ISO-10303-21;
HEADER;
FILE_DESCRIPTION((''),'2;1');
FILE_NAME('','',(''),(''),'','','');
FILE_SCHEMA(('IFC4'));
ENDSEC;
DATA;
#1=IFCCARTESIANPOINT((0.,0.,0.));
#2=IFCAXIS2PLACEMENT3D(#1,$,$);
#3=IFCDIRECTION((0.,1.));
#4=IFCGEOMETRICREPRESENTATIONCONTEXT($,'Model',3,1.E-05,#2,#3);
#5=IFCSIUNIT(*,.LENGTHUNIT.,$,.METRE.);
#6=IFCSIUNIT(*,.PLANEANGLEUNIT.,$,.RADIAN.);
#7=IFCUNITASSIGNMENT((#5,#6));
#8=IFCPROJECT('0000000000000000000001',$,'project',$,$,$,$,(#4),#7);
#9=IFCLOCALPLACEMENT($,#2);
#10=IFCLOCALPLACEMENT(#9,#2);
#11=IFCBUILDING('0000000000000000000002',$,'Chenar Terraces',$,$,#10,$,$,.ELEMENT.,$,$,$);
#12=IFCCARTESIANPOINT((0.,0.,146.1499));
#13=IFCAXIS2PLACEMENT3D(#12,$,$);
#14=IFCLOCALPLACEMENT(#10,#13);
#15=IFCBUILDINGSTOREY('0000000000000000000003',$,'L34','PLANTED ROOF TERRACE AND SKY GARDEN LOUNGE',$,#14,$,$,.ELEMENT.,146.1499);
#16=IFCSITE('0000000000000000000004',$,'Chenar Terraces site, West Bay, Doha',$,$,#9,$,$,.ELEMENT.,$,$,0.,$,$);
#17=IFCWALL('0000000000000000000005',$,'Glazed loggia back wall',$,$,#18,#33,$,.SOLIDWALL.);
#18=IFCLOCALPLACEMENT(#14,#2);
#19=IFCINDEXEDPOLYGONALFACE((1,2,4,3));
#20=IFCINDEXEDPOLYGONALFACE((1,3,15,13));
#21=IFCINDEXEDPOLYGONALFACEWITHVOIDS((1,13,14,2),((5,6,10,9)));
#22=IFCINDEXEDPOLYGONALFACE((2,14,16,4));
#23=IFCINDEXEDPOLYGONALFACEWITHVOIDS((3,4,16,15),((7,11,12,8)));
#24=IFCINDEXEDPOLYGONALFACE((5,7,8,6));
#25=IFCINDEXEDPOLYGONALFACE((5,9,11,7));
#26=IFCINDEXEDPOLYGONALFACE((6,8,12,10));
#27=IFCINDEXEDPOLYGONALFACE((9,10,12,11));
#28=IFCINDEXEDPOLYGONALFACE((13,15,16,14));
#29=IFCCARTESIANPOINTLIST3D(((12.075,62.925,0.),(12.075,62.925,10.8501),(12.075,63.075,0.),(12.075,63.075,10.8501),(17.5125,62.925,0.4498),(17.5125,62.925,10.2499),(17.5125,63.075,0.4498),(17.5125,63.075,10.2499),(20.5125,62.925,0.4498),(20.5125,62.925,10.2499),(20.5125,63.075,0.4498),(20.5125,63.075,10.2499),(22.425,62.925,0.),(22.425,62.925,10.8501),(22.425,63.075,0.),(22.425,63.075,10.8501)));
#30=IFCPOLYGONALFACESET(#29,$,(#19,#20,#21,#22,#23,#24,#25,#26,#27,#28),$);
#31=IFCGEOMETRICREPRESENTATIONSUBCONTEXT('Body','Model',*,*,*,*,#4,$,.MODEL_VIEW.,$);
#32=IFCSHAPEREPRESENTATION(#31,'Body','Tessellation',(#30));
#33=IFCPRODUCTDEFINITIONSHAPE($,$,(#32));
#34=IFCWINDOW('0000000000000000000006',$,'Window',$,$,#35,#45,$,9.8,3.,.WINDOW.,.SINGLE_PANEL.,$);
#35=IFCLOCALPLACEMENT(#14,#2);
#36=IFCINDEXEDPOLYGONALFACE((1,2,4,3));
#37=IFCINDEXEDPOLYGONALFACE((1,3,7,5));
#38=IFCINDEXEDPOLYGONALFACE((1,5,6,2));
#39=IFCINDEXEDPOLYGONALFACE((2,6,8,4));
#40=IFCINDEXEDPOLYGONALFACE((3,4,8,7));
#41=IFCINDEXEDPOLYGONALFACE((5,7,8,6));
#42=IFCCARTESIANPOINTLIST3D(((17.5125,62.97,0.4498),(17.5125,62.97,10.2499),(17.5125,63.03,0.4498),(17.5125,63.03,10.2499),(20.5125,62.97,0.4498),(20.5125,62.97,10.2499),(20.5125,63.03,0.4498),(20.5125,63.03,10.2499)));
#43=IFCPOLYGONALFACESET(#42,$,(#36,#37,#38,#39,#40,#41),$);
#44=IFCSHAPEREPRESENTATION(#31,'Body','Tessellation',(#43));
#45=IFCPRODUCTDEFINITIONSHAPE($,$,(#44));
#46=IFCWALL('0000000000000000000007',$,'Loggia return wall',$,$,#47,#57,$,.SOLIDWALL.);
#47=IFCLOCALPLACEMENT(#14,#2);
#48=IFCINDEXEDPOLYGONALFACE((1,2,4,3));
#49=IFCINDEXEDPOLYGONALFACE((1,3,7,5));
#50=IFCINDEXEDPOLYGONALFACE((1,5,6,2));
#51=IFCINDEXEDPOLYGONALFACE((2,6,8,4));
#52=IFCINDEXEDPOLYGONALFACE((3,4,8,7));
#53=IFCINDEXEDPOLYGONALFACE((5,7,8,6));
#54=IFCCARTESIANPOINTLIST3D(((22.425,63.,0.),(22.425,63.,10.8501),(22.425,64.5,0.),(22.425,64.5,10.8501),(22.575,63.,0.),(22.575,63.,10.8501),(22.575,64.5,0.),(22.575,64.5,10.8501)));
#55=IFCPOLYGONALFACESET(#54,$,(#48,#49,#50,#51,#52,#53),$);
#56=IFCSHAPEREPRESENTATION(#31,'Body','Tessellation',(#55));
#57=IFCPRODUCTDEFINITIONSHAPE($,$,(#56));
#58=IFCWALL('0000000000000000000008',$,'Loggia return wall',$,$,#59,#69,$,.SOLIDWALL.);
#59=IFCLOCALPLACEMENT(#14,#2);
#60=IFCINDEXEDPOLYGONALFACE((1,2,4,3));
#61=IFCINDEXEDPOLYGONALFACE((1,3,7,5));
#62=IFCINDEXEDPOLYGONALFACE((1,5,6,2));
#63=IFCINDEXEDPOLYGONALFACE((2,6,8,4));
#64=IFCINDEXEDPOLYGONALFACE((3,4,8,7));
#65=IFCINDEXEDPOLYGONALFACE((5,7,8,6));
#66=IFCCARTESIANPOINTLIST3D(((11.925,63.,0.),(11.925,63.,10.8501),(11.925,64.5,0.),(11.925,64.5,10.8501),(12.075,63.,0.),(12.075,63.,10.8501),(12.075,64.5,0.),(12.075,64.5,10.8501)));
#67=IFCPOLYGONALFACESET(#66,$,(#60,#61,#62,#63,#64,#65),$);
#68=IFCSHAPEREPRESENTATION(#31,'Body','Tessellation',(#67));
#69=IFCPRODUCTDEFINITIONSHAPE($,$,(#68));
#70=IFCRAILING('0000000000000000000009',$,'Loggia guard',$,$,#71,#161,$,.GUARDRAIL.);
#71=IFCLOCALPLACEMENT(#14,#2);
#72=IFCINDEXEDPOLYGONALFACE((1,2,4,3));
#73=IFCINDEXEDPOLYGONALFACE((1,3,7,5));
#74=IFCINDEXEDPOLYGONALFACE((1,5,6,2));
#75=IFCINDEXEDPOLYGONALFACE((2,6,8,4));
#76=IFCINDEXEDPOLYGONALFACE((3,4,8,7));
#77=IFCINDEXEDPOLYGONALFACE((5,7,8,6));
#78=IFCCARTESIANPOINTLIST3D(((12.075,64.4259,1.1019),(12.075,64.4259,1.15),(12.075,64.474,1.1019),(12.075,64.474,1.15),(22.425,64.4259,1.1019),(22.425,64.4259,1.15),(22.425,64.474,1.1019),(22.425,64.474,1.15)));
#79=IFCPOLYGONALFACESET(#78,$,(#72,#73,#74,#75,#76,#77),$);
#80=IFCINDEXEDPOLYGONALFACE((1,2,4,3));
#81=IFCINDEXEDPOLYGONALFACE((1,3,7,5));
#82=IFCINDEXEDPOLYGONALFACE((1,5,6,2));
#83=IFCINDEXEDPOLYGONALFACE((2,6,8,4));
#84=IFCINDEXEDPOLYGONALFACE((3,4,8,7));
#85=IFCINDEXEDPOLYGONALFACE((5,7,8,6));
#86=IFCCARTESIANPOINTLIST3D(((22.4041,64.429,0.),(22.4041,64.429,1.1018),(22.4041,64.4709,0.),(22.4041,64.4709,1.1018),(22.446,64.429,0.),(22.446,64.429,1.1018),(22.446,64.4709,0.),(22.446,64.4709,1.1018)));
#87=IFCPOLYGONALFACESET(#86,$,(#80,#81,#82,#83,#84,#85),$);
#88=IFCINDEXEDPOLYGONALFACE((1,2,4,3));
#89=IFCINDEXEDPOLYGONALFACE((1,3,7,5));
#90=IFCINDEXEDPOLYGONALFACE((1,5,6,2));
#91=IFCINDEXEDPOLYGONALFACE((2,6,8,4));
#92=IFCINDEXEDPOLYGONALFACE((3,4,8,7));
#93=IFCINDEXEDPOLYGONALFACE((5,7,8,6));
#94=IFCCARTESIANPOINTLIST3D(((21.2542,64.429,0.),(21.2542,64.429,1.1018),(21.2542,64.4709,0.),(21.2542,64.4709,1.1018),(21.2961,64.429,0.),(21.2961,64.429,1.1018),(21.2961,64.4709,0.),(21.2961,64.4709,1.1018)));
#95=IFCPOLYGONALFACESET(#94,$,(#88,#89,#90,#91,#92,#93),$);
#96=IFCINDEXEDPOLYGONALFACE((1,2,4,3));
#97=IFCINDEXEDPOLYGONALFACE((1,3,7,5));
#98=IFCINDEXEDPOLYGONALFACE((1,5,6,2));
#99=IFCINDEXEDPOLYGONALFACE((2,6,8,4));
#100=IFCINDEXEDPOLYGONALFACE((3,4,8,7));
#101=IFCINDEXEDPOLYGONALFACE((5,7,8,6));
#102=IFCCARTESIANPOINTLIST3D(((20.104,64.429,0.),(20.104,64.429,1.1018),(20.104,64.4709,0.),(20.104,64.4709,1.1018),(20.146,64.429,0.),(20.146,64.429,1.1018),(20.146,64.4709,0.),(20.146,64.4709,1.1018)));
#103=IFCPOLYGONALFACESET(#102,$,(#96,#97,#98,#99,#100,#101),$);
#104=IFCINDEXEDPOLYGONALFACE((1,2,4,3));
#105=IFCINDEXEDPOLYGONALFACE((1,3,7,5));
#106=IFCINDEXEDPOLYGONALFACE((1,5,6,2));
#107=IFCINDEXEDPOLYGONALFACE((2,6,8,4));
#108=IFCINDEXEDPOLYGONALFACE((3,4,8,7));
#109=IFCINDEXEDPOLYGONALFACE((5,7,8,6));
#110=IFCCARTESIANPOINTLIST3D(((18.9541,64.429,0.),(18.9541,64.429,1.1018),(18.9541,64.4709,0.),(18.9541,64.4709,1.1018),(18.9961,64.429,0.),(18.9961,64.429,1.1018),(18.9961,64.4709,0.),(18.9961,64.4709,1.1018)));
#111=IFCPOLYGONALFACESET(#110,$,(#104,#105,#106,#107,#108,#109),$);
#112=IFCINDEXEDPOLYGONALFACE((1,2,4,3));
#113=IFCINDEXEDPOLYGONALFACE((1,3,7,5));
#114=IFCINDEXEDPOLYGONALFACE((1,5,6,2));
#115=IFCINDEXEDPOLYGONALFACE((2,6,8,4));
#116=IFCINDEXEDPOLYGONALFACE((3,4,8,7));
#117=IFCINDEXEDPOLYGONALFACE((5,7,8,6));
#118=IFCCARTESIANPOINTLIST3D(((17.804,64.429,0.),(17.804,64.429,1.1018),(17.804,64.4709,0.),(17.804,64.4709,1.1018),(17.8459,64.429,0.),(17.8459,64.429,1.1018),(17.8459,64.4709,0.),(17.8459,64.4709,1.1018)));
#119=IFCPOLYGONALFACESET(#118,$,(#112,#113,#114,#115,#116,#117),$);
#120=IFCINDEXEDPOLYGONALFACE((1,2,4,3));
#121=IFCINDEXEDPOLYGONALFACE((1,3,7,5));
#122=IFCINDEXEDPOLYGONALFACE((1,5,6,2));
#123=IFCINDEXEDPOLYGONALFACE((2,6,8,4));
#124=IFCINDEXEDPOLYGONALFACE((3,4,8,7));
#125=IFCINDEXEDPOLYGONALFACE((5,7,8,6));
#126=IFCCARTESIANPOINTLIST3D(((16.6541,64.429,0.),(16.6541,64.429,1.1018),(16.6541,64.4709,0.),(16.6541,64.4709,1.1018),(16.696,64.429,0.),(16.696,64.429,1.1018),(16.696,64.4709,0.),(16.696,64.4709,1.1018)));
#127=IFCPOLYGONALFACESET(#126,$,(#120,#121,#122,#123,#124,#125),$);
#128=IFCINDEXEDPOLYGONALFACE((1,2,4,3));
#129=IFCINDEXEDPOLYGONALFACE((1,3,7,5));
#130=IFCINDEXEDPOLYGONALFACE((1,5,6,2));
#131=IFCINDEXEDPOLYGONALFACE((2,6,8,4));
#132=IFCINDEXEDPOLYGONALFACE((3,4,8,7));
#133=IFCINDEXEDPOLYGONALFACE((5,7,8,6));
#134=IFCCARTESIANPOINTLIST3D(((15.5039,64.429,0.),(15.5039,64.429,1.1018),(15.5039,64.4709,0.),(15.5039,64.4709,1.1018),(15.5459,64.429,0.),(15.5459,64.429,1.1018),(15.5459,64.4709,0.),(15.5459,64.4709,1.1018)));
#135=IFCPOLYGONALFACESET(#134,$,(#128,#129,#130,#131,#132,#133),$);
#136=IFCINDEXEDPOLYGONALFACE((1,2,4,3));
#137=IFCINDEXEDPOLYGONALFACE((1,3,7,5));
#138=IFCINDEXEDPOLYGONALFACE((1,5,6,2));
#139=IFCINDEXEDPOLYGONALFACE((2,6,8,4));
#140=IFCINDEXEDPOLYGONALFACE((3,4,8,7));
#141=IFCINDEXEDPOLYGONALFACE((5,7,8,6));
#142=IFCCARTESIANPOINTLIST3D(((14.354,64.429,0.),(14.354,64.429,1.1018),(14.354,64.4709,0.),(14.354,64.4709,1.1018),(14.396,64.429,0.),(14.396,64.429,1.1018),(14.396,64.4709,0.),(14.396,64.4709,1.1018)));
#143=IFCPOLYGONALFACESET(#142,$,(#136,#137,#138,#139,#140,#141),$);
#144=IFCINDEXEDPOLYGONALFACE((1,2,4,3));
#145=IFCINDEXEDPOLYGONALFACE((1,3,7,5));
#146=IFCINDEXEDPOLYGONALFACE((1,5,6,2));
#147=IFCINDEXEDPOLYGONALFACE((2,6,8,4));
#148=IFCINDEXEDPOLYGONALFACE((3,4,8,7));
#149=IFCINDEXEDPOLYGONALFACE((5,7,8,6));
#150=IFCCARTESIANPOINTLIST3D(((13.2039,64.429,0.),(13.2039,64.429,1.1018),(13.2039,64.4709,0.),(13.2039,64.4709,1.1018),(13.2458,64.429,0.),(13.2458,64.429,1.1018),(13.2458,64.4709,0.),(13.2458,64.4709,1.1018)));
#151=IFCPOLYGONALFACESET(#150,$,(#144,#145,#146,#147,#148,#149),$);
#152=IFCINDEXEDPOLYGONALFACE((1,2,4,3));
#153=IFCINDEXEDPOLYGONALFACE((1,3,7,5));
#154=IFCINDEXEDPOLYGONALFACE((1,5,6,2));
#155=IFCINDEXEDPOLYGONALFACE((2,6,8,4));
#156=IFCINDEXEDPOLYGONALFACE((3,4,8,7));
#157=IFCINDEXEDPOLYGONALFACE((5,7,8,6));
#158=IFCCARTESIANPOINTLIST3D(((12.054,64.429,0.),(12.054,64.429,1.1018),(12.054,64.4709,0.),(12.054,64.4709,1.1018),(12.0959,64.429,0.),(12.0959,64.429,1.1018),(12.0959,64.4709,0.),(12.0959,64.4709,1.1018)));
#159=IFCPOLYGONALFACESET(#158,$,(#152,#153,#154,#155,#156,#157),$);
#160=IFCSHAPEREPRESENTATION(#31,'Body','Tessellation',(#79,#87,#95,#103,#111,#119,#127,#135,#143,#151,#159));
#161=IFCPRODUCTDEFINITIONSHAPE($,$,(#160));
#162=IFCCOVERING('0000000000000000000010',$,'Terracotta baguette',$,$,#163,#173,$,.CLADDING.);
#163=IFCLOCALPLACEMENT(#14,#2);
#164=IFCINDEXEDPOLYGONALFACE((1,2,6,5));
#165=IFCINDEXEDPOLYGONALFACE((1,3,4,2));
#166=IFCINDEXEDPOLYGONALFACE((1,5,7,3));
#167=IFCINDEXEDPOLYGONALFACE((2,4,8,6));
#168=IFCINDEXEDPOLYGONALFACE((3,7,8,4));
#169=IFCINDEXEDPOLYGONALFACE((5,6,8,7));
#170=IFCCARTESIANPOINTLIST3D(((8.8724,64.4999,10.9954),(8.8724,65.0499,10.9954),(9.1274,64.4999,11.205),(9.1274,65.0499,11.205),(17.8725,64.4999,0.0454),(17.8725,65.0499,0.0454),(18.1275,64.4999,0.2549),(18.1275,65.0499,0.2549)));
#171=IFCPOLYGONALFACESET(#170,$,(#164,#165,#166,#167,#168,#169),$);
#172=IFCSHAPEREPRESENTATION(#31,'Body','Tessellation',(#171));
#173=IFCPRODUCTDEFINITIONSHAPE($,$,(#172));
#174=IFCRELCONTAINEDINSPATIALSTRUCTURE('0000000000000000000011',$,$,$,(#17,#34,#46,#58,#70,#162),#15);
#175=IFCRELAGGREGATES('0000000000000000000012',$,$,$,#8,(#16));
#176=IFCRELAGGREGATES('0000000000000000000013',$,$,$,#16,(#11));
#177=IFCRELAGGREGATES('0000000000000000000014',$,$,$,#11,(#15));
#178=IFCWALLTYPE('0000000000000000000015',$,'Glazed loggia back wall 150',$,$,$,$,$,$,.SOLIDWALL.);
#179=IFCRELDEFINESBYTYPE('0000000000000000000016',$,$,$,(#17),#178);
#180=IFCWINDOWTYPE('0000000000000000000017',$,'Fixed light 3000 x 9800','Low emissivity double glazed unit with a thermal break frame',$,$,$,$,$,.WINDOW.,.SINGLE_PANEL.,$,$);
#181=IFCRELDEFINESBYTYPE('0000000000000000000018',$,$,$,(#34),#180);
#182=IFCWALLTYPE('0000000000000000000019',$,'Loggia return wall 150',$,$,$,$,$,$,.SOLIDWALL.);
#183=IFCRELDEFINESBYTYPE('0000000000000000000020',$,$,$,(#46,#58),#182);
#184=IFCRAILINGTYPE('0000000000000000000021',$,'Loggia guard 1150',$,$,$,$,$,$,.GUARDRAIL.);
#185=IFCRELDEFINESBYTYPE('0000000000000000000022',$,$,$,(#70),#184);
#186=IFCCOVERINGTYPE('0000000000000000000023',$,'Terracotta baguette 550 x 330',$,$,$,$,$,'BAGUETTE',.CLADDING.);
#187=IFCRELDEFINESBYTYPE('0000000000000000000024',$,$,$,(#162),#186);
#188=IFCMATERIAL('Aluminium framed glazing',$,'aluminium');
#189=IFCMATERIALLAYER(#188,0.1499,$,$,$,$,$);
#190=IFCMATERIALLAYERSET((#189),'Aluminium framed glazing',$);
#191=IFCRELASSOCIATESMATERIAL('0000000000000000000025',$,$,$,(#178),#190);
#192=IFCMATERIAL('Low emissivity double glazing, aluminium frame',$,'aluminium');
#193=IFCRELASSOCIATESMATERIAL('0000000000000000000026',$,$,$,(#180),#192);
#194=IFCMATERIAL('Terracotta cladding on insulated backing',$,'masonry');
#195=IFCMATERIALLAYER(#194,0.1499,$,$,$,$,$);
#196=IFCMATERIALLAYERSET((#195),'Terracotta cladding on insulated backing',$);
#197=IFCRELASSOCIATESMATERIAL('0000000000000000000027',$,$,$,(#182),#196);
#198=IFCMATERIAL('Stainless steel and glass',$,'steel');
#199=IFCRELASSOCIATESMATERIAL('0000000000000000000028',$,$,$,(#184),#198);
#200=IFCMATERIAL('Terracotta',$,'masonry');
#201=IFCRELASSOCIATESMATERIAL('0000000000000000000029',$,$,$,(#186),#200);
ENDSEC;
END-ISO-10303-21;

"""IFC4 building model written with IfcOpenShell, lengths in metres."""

from ifc_helpers import new_model, si_unit, direction, frame, frame_2d, origin, origin_2d, place, context, subcontext, project, spatial, rectangle, extrude, material, layer, layer_set, material_profile, profile_set, type_object, element, fill, save


model = new_model("IFC4")

# Units and contexts
model_context = context("Model", 3, precision=1e-05, world=origin(), true_north=direction((0.0, 1.0)))
body_context = subcontext(model_context, "Body", "Model", "MODEL_VIEW")
ifc_project = project(units=[si_unit("LENGTHUNIT", "METRE"), si_unit("PLANEANGLEUNIT", "RADIAN")], contexts=[model_context])

# Site, building, storey
site_placement = place(None, origin())
site = spatial("IfcSite", under=ifc_project, at=site_placement, Name="Chenar Terraces site, West Bay, Doha", CompositionType="ELEMENT", RefElevation=0.0)
building_placement = place(site_placement, origin())
building = spatial("IfcBuilding", under=site, at=building_placement, Name="Chenar Terraces", CompositionType="ELEMENT")
storey_placement = place(building_placement, frame((0.0, 0.0, 146.1499)))
storey = spatial("IfcBuildingStorey", under=building, at=storey_placement, Name="L34", Description="PLANTED ROOF TERRACE AND SKY GARDEN LOUNGE", CompositionType="ELEMENT", Elevation=146.1499)

# Wall, opening, window
ifc_material_1 = material(Name="Aluminium framed glazing", Category="aluminium")
ifc_layer_1 = layer(ifc_material_1, 0.1499)
ifc_layer_set_1 = layer_set([ifc_layer_1], Name="Aluminium framed glazing")
wall_type_1 = type_object("IfcWallType", Name="Glazed loggia back wall 150", PredefinedType="SOLIDWALL", material=ifc_layer_set_1)
wall_placement = place(storey_placement, frame((22.425, 63.0, 0.0), z_axis=(0.0, 0.0, 1.0), x_axis=(-1.0, 0.0, 0.0)))
wall = element("IfcWall", 1, at=wall_placement, inside=storey, type_object=wall_type_1, Name="Glazed loggia back wall", PredefinedType="SOLIDWALL", context=body_context, shape_type="SweptSolid", body=[
    extrude(rectangle(XDim=10.3501, YDim=0.1499, at=frame_2d((5.175, 0.0))), origin(), (0.0, 0.0, 1.0), 10.8501),
])
opening_placement = place(wall_placement, frame((1.9126, 0.0, 0.45)))
opening = element("IfcOpeningElement", 2, at=opening_placement, cuts=wall, PredefinedType="OPENING", context=body_context, shape_type="SweptSolid", body=[
    extrude(rectangle(XDim=3.0, YDim=9.8, at=frame_2d((1.5, 4.8999))), frame((0.0, 0.085, 0.0), z_axis=(0.0, -1.0, 0.0), x_axis=(1.0, 0.0, 0.0)), (0.0, 0.0, 1.0), 0.1699),
])
ifc_material_2 = material(Name="Low emissivity double glazing, aluminium frame", Category="aluminium")
window_type = type_object("IfcWindowType", Name="Fixed light 3000 x 9800", Description="Low emissivity double glazed unit with a thermal break frame", PartitioningType="SINGLE_PANEL", PredefinedType="WINDOW", material=ifc_material_2)
window_placement = place(opening_placement, origin())
window = element("IfcWindow", 3, at=window_placement, inside=storey, type_object=window_type, Name="Window", OverallHeight=9.8, OverallWidth=3.0, PartitioningType="SINGLE_PANEL", PredefinedType="WINDOW", context=body_context, shape_type="SweptSolid", body=[
    extrude(rectangle(XDim=3.0, YDim=9.8, at=frame_2d((1.5, 4.8999))), frame((0.0, 0.03, 0.0), z_axis=(0.0, -1.0, 0.0), x_axis=(1.0, 0.0, 0.0)), (0.0, 0.0, 1.0), 0.0601),
])
fill(opening, window)

# Walls
ifc_material_3 = material(Name="Terracotta cladding on insulated backing", Category="masonry")
ifc_layer_2 = layer(ifc_material_3, 0.1499)
ifc_layer_set_2 = layer_set([ifc_layer_2], Name="Terracotta cladding on insulated backing")
wall_type_2 = type_object("IfcWallType", Name="Loggia return wall 150", PredefinedType="SOLIDWALL", material=ifc_layer_set_2)
for number, where, z_axis, x_axis, name in (
    (4, (22.5, 64.5, 0.0), (0.0, 0.0, 1.0), (0.0, -1.0, 0.0), "Loggia return wall"),
    (5, (12.0, 64.5, 0.0), (0.0, 0.0, 1.0), (0.0, -1.0, 0.0), "Loggia return wall"),
):
    element("IfcWall", number, at=place(storey_placement, frame(where, z_axis=z_axis, x_axis=x_axis)), inside=storey, type_object=wall_type_2, Name=name, PredefinedType="SOLIDWALL", context=body_context, shape_type="SweptSolid", body=[
        extrude(rectangle(XDim=1.5, YDim=0.1499, at=frame_2d((0.75, 0.0))), origin(), (0.0, 0.0, 1.0), 10.8501),
    ])

# Railing
ifc_material_4 = material(Name="Stainless steel and glass", Category="steel")
railing_type = type_object("IfcRailingType", Name="Loggia guard 1150", PredefinedType="GUARDRAIL", material=ifc_material_4)
railing_placement = place(storey_placement, frame((22.425, 64.45, 0.0)))
element("IfcRailing", 6, at=railing_placement, inside=storey, type_object=railing_type, Name="Loggia guard", PredefinedType="GUARDRAIL", context=body_context, shape_type="SweptSolid", body=[
    extrude(rectangle(XDim=0.0481, YDim=0.0481, at=origin_2d()), frame((0.0, 0.0, 1.126), z_axis=(-1.0, 0.0, 0.0), x_axis=(0.0, -1.0, 0.0)), (0.0, 0.0, 1.0), 10.3501),
    extrude(rectangle(XDim=0.042, YDim=0.042, at=origin_2d()), origin(), (0.0, 0.0, 1.0), 1.1018),
    extrude(rectangle(XDim=0.042, YDim=0.042, at=origin_2d()), frame((-1.1499, 0.0, 0.0)), (0.0, 0.0, 1.0), 1.1018),
    extrude(rectangle(XDim=0.042, YDim=0.042, at=origin_2d()), frame((-2.3, 0.0, 0.0)), (0.0, 0.0, 1.0), 1.1018),
    extrude(rectangle(XDim=0.042, YDim=0.042, at=origin_2d()), frame((-3.45, 0.0, 0.0)), (0.0, 0.0, 1.0), 1.1018),
    extrude(rectangle(XDim=0.042, YDim=0.042, at=origin_2d()), frame((-4.6001, 0.0, 0.0)), (0.0, 0.0, 1.0), 1.1018),
    extrude(rectangle(XDim=0.042, YDim=0.042, at=origin_2d()), frame((-5.75, 0.0, 0.0)), (0.0, 0.0, 1.0), 1.1018),
    extrude(rectangle(XDim=0.042, YDim=0.042, at=origin_2d()), frame((-6.9001, 0.0, 0.0)), (0.0, 0.0, 1.0), 1.1018),
    extrude(rectangle(XDim=0.042, YDim=0.042, at=origin_2d()), frame((-8.05, 0.0, 0.0)), (0.0, 0.0, 1.0), 1.1018),
    extrude(rectangle(XDim=0.042, YDim=0.042, at=origin_2d()), frame((-9.2002, 0.0, 0.0)), (0.0, 0.0, 1.0), 1.1018),
    extrude(rectangle(XDim=0.042, YDim=0.042, at=origin_2d()), frame((-10.3501, 0.0, 0.0)), (0.0, 0.0, 1.0), 1.1018),
])

# Covering
ifc_material_5 = material(Name="Terracotta", Category="masonry")
ifc_material_profile_1 = material_profile(ifc_material_5, rectangle(XDim=0.55, YDim=0.3301, at=origin_2d()), Name="Terracotta baguette 550 x 330")
ifc_profile_set_1 = profile_set([ifc_material_profile_1], Name="Terracotta")
covering_type = type_object("IfcCoveringType", Name="Terracotta baguette 550 x 330", ElementType="BAGUETTE", PredefinedType="CLADDING", material=ifc_profile_set_1)
covering_placement = place(storey_placement, frame((18.0, 64.7749, 0.1501), z_axis=(-0.634967, 0.0, 0.772539), x_axis=(0.0, -1.0, 0.0)))
element("IfcCovering", 7, at=covering_placement, inside=storey, type_object=covering_type, Name="Terracotta baguette", PredefinedType="CLADDING", context=body_context, shape_type="SweptSolid", body=[
    extrude(rectangle(XDim=0.55, YDim=0.3301, at=origin_2d()), origin(), (0.0, 0.0, 1.0), 14.1741),
])

save(model, "model.ifc")
